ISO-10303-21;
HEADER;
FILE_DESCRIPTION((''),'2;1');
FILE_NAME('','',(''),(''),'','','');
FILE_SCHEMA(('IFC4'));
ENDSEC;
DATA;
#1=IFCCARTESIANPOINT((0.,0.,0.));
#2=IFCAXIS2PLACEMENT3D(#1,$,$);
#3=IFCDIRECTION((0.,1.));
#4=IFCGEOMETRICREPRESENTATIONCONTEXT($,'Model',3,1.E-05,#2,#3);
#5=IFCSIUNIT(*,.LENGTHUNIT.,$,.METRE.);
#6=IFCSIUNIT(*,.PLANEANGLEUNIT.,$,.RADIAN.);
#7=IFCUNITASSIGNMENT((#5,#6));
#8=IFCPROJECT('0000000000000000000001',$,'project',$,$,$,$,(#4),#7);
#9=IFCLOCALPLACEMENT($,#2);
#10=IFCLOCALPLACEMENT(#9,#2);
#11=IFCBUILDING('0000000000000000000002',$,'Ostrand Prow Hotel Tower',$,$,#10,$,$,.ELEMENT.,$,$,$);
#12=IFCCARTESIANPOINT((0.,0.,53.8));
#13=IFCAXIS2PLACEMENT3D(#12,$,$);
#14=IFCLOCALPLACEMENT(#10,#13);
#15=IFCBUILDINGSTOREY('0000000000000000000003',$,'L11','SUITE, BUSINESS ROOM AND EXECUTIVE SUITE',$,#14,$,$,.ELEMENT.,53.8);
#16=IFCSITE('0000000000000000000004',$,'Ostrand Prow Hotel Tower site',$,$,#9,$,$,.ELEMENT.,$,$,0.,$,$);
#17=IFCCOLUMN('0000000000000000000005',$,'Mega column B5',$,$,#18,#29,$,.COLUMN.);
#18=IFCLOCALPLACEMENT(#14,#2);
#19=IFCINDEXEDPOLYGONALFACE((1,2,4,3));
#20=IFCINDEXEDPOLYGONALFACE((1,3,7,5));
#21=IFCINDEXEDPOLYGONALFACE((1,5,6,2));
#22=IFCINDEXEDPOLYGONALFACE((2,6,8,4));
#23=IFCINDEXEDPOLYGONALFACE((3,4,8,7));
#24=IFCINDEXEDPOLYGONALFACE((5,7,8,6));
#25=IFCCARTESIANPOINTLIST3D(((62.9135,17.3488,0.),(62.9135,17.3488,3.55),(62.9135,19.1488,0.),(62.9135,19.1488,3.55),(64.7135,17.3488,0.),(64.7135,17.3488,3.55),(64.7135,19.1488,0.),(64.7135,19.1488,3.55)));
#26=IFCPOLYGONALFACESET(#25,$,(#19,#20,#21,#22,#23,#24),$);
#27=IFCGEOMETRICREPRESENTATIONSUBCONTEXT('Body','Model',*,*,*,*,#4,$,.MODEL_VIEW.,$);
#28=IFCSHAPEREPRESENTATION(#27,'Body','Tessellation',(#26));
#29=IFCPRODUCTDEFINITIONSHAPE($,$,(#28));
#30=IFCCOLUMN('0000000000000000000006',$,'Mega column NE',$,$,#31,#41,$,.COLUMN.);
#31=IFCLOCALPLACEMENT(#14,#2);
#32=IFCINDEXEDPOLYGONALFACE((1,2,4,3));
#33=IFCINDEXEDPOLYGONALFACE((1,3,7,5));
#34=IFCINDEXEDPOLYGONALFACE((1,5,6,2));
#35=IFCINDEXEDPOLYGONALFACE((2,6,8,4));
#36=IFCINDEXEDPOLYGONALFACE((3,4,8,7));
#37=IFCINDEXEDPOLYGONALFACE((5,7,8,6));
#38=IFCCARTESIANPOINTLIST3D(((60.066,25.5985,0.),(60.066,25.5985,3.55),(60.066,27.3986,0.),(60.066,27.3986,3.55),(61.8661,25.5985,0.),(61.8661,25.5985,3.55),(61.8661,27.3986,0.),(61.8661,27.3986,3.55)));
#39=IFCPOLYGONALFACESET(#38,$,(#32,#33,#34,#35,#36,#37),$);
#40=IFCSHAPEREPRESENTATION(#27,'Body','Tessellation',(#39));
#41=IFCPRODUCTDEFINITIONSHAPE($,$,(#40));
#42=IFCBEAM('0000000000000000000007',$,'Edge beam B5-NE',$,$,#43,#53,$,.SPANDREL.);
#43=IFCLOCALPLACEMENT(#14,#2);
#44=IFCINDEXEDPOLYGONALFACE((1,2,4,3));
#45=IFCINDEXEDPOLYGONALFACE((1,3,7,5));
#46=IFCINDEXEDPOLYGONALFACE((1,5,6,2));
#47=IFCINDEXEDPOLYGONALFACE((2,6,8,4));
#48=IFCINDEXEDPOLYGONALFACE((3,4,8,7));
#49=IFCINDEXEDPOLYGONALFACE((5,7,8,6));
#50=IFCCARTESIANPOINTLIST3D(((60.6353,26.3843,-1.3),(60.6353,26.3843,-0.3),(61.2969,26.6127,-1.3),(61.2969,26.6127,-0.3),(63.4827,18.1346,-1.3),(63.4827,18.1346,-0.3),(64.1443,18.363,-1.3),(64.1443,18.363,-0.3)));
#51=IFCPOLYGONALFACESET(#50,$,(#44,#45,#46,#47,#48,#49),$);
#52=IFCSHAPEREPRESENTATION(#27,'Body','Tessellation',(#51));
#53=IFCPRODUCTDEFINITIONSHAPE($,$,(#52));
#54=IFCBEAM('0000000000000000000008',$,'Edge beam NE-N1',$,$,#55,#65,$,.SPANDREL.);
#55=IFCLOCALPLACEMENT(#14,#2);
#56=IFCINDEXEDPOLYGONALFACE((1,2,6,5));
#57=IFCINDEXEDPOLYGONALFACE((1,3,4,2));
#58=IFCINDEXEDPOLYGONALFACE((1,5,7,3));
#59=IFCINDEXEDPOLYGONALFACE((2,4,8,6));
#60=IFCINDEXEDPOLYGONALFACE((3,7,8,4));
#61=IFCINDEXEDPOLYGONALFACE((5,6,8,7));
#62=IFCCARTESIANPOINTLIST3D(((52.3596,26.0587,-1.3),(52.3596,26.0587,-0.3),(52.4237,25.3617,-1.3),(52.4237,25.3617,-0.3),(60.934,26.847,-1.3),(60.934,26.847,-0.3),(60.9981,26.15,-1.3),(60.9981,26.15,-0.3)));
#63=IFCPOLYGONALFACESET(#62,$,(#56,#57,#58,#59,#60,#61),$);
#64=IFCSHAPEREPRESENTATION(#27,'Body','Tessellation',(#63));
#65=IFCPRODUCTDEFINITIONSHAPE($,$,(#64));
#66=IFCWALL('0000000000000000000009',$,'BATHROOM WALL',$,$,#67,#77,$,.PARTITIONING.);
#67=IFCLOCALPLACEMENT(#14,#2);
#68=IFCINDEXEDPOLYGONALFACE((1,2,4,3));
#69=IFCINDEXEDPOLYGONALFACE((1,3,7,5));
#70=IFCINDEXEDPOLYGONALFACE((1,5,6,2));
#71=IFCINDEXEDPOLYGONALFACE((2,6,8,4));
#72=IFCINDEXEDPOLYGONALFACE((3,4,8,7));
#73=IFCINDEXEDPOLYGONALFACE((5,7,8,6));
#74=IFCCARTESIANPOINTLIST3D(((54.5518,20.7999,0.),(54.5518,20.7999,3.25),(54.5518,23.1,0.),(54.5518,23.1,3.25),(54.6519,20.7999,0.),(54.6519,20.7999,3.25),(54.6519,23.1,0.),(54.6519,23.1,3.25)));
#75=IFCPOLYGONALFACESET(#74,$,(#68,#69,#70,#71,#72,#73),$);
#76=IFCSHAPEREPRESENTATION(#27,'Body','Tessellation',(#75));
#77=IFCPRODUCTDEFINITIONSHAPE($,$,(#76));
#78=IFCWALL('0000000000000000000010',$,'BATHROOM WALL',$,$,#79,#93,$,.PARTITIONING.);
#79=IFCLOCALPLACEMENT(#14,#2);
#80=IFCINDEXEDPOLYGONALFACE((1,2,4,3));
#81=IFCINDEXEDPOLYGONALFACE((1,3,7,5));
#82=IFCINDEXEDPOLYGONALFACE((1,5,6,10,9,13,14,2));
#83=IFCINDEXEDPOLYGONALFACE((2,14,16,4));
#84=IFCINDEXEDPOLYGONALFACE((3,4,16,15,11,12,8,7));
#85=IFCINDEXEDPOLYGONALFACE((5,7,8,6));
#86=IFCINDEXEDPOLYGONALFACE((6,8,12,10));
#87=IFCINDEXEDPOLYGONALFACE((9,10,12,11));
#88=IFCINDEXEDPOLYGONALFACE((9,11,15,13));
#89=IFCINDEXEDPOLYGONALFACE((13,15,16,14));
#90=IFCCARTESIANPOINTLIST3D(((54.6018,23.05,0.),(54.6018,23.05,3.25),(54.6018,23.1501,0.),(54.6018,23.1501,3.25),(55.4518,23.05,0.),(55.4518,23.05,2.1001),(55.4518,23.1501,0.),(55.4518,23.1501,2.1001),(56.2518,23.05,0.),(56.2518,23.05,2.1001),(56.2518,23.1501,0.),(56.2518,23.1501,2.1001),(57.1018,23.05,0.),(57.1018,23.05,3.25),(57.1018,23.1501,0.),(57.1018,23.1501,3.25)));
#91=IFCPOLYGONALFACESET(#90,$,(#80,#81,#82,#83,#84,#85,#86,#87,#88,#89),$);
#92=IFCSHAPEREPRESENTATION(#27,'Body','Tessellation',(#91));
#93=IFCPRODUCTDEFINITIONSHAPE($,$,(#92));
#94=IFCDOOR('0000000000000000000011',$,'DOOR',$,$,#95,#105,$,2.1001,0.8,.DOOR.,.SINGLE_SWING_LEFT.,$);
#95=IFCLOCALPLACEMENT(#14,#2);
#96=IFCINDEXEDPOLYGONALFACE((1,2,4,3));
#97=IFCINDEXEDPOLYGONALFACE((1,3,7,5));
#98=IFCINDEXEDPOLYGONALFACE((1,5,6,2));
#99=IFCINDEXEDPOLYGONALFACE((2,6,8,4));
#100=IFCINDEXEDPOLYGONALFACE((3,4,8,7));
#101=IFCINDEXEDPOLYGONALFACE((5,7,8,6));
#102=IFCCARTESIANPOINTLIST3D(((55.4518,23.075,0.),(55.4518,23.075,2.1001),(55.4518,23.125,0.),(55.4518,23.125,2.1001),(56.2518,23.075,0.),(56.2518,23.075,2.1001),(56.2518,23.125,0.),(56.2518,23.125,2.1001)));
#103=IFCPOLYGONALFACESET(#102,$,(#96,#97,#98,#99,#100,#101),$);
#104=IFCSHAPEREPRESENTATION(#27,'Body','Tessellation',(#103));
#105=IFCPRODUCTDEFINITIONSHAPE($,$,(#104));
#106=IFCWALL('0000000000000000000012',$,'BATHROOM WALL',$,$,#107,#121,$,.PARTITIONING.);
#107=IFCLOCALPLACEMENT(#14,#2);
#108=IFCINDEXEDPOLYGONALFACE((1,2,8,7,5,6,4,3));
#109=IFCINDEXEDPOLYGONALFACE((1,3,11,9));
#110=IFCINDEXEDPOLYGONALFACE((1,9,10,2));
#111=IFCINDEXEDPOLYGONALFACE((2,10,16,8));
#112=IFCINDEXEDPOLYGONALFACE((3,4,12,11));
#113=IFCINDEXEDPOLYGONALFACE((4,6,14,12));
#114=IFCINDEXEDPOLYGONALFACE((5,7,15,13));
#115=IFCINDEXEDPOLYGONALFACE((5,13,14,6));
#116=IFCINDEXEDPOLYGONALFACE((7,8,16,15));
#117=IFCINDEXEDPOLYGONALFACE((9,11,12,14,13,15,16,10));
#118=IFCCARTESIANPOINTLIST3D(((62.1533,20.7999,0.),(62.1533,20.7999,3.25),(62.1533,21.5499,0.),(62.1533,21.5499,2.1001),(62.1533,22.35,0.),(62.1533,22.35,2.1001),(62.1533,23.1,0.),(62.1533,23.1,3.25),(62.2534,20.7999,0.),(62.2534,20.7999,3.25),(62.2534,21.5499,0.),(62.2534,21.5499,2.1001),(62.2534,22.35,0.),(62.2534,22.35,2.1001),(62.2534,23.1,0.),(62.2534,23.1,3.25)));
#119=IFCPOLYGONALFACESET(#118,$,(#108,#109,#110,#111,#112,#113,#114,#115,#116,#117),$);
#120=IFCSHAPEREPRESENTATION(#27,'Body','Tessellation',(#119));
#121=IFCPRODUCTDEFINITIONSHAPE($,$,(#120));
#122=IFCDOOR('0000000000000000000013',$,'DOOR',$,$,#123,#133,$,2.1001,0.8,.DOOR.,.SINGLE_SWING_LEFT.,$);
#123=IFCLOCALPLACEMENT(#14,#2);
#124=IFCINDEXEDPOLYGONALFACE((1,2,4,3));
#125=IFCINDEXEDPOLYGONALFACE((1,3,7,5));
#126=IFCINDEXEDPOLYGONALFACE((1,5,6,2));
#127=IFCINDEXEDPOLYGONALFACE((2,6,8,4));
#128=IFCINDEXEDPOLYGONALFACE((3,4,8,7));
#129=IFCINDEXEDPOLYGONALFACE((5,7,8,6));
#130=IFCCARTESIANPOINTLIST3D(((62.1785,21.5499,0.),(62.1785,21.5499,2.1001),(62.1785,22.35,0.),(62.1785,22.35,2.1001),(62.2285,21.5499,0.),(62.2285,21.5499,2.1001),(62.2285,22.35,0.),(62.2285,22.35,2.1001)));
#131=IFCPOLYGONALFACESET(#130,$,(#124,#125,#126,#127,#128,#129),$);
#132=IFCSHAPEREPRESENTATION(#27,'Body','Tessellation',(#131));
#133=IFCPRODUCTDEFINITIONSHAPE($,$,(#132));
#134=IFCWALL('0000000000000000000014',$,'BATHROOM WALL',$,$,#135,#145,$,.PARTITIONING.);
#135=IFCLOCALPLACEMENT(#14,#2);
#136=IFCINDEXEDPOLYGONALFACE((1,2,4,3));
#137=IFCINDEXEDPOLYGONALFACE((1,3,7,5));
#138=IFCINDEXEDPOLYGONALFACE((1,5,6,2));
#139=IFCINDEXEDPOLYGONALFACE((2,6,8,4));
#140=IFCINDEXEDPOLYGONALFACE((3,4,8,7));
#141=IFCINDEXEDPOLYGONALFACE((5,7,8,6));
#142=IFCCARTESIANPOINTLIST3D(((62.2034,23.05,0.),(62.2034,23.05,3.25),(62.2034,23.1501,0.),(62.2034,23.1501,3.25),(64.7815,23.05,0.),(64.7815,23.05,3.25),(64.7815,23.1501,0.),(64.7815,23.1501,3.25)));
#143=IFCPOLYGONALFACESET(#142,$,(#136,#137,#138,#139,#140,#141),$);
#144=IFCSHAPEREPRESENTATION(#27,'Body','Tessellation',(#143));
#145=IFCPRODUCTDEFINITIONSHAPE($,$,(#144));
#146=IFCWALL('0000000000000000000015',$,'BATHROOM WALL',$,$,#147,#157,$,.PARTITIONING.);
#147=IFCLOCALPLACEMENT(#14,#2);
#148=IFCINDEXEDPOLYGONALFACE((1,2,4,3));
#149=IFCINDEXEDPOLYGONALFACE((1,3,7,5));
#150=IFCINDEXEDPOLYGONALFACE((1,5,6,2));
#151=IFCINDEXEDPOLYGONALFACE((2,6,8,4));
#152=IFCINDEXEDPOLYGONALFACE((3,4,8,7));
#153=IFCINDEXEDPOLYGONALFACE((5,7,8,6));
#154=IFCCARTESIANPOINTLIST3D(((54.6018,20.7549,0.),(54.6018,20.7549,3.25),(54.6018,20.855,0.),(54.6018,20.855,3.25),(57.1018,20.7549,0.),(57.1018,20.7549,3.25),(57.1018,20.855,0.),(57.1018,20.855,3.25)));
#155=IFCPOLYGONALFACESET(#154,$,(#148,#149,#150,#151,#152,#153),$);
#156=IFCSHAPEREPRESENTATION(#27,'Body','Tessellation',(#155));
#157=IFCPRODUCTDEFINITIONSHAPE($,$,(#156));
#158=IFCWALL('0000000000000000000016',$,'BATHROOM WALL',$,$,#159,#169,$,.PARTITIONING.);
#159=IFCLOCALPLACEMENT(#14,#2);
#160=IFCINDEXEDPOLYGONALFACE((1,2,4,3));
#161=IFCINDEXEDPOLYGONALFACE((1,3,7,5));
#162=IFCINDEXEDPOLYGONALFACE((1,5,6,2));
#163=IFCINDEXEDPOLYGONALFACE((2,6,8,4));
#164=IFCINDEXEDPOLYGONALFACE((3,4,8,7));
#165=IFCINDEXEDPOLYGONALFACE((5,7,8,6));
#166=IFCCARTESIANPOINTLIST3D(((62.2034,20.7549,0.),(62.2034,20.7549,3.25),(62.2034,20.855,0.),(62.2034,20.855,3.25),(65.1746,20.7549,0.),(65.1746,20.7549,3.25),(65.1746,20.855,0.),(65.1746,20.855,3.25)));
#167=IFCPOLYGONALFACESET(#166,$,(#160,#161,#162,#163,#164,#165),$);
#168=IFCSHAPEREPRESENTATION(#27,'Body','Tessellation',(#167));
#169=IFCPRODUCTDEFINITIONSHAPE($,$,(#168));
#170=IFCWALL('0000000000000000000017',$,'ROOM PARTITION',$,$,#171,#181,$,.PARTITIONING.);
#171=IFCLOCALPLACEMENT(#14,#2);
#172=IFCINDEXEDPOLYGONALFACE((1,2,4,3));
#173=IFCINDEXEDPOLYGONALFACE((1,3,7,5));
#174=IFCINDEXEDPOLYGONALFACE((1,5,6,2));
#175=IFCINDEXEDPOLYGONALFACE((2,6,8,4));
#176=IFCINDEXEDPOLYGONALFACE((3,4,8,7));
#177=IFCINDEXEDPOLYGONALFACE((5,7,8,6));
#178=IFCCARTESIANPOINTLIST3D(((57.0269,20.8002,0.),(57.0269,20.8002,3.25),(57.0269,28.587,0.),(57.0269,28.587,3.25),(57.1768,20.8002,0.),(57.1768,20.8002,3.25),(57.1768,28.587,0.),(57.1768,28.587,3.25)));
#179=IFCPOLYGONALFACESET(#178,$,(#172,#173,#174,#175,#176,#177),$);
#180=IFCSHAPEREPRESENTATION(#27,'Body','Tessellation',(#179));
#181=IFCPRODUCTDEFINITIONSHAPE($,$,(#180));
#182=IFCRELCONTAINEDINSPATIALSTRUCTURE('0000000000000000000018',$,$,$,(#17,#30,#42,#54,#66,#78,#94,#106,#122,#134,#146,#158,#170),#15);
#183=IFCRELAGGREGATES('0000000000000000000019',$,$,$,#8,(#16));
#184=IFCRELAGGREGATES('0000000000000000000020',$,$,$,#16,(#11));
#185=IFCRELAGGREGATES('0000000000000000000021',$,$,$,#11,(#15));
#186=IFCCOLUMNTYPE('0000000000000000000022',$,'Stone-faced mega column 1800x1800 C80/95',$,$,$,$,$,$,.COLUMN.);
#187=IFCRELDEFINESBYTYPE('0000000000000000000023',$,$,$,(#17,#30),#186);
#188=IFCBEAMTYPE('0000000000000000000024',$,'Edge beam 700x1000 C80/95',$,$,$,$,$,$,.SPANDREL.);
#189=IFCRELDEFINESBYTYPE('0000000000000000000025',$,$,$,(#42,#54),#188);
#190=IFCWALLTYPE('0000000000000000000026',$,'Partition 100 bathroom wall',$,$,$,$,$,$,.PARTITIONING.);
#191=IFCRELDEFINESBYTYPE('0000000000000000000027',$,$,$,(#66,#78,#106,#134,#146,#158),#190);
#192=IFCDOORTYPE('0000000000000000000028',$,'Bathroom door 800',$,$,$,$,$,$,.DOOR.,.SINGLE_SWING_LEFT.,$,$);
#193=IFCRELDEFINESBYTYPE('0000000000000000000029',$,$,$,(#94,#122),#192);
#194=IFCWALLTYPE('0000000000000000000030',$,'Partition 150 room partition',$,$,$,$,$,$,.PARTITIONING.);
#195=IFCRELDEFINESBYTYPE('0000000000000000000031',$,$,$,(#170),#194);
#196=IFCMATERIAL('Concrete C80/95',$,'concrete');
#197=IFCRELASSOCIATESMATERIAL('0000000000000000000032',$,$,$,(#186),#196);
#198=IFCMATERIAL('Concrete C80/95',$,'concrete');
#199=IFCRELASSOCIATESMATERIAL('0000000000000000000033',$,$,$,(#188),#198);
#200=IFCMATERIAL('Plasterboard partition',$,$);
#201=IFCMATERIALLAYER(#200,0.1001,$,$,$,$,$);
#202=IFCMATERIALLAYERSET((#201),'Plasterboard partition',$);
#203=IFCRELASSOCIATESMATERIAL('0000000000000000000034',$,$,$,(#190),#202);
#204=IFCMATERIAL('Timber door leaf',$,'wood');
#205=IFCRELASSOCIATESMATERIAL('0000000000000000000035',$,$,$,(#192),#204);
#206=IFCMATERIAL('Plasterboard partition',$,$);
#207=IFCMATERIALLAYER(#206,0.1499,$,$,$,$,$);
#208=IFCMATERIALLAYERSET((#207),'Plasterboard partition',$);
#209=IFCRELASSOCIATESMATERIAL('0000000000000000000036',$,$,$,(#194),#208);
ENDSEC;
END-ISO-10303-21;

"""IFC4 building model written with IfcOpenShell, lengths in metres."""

from ifc_helpers import new_model, si_unit, direction, frame, frame_2d, origin, origin_2d, place, context, subcontext, project, spatial, rectangle, extrude, material, layer, layer_set, material_profile, profile_set, type_object, element, fill, save


model = new_model("IFC4")

# Units and contexts
model_context = context("Model", 3, precision=1e-05, world=origin(), true_north=direction((0.0, 1.0)))
body_context = subcontext(model_context, "Body", "Model", "MODEL_VIEW")
ifc_project = project(units=[si_unit("LENGTHUNIT", "METRE"), si_unit("PLANEANGLEUNIT", "RADIAN")], contexts=[model_context])

# Site, building, storey
site_placement = place(None, origin())
site = spatial("IfcSite", under=ifc_project, at=site_placement, Name="Ostrand Prow Hotel Tower site", CompositionType="ELEMENT", RefElevation=0.0)
building_placement = place(site_placement, origin())
building = spatial("IfcBuilding", under=site, at=building_placement, Name="Ostrand Prow Hotel Tower", CompositionType="ELEMENT")
storey_placement = place(building_placement, frame((0.0, 0.0, 53.8)))
storey = spatial("IfcBuildingStorey", under=building, at=storey_placement, Name="L11", Description="SUITE, BUSINESS ROOM AND EXECUTIVE SUITE", CompositionType="ELEMENT", Elevation=53.8)

# Columns
ifc_material_1 = material(Name="Concrete C80/95", Category="concrete")
ifc_material_profile_1 = material_profile(ifc_material_1, rectangle(XDim=1.8, YDim=1.8, at=origin_2d()), Name="RC 1800x1800")
ifc_profile_set_1 = profile_set([ifc_material_profile_1], Name="Concrete C80/95")
column_type = type_object("IfcColumnType", Name="Stone-faced mega column 1800x1800 C80/95", PredefinedType="COLUMN", material=ifc_profile_set_1)
for number, where, z_axis, x_axis, name in (
    (1, (63.8135, 18.2488, 0.0), (0.0, 0.0, 1.0), (1.0, 0.0, 0.0), "Mega column B5"),
    (2, (60.9661, 26.4985, 0.0), (0.0, 0.0, 1.0), (1.0, 0.0, 0.0), "Mega column NE"),
):
    element("IfcColumn", number, at=place(storey_placement, frame(where, z_axis=z_axis, x_axis=x_axis)), inside=storey, type_object=column_type, Name=name, PredefinedType="COLUMN", context=body_context, shape_type="SweptSolid", body=[
        extrude(rectangle(XDim=1.8, YDim=1.8, at=origin_2d()), origin(), (0.0, 0.0, 1.0), 3.55),
    ])

# Beams
ifc_material_2 = material(Name="Concrete C80/95", Category="concrete")
ifc_material_profile_2 = material_profile(ifc_material_2, rectangle(XDim=0.7, YDim=1.0, at=origin_2d()), Name="RC 700x1000")
ifc_profile_set_2 = profile_set([ifc_material_profile_2], Name="Concrete C80/95")
beam_type = type_object("IfcBeamType", Name="Edge beam 700x1000 C80/95", PredefinedType="SPANDREL", material=ifc_profile_set_2)
beam_1_placement = place(storey_placement, frame((63.8135, 18.2488, -0.8), z_axis=(-0.326264, 0.945279, 0.0), x_axis=(-0.945279, -0.326264, 0.0)))
element("IfcBeam", 3, at=beam_1_placement, inside=storey, type_object=beam_type, Name="Edge beam B5-NE", PredefinedType="SPANDREL", context=body_context, shape_type="SweptSolid", body=[
    extrude(rectangle(XDim=0.7, YDim=1.0, at=origin_2d()), origin(), (0.0, 0.0, 1.0), 8.7273),
])
beam_2_placement = place(storey_placement, frame((60.9661, 26.4985, -0.8), z_axis=(-0.9958, -0.091553, 0.0), x_axis=(0.091553, -0.9958, 0.0)))
element("IfcBeam", 4, at=beam_2_placement, inside=storey, type_object=beam_type, Name="Edge beam NE-N1", PredefinedType="SPANDREL", context=body_context, shape_type="SweptSolid", body=[
    extrude(rectangle(XDim=0.7, YDim=1.0, at=origin_2d()), origin(), (0.0, 0.0, 1.0), 8.6106),
])

# Wall
ifc_material_3 = material(Name="Plasterboard partition")
ifc_layer_1 = layer(ifc_material_3, 0.1001)
ifc_layer_set_1 = layer_set([ifc_layer_1], Name="Plasterboard partition")
wall_type_1 = type_object("IfcWallType", Name="Partition 100 bathroom wall", PredefinedType="PARTITIONING", material=ifc_layer_set_1)
wall_1_placement = place(storey_placement, frame((54.6018, 20.8, 0.0), z_axis=(0.0, 0.0, 1.0), x_axis=(0.0, 1.0, 0.0)))
element("IfcWall", 5, at=wall_1_placement, inside=storey, type_object=wall_type_1, Name="BATHROOM WALL", PredefinedType="PARTITIONING", context=body_context, shape_type="SweptSolid", body=[
    extrude(rectangle(XDim=2.3, YDim=0.1001, at=frame_2d((1.1499, 0.0))), origin(), (0.0, 0.0, 1.0), 3.25),
])

# Walls, openings, doors
wall_2_placement = place(storey_placement, frame((54.6018, 23.1001, 0.0), z_axis=(0.0, 0.0, 1.0), x_axis=(1.0, 0.0, 0.0)))
wall_2 = element("IfcWall", 6, at=wall_2_placement, inside=storey, type_object=wall_type_1, Name="BATHROOM WALL", PredefinedType="PARTITIONING", context=body_context, shape_type="SweptSolid", body=[
    extrude(rectangle(XDim=2.5, YDim=0.1001, at=frame_2d((1.25, 0.0))), origin(), (0.0, 0.0, 1.0), 3.25),
])
opening_1_placement = place(wall_2_placement, frame((0.8501, 0.0, 0.0)))
opening_1 = element("IfcOpeningElement", 7, at=opening_1_placement, cuts=wall_2, PredefinedType="OPENING", context=body_context, shape_type="SweptSolid", body=[
    extrude(rectangle(XDim=0.8, YDim=2.1001, at=frame_2d((0.3999, 1.05))), frame((0.0, 0.0601, 0.0), z_axis=(0.0, -1.0, 0.0), x_axis=(1.0, 0.0, 0.0)), (0.0, 0.0, 1.0), 0.1201),
])
ifc_material_4 = material(Name="Timber door leaf", Category="wood")
door_type_1 = type_object("IfcDoorType", Name="Bathroom door 800", OperationType="SINGLE_SWING_LEFT", PredefinedType="DOOR", material=ifc_material_4)
door_1_placement = place(opening_1_placement, origin())
door_1 = element("IfcDoor", 8, at=door_1_placement, inside=storey, type_object=door_type_1, Name="DOOR", OperationType="SINGLE_SWING_LEFT", OverallHeight=2.1001, OverallWidth=0.8, PredefinedType="DOOR", context=body_context, shape_type="SweptSolid", body=[
    extrude(rectangle(XDim=0.8, YDim=2.1001, at=frame_2d((0.3999, 1.05))), frame((0.0, 0.0249, 0.0), z_axis=(0.0, -1.0, 0.0), x_axis=(1.0, 0.0, 0.0)), (0.0, 0.0, 1.0), 0.05),
])
fill(opening_1, door_1)
wall_3_placement = place(storey_placement, frame((62.2034, 20.8, 0.0), z_axis=(0.0, 0.0, 1.0), x_axis=(0.0, 1.0, 0.0)))
wall_3 = element("IfcWall", 9, at=wall_3_placement, inside=storey, type_object=wall_type_1, Name="BATHROOM WALL", PredefinedType="PARTITIONING", context=body_context, shape_type="SweptSolid", body=[
    extrude(rectangle(XDim=2.3, YDim=0.1001, at=frame_2d((1.1499, 0.0))), origin(), (0.0, 0.0, 1.0), 3.25),
])
opening_2_placement = place(wall_3_placement, frame((0.75, 0.0, 0.0)))
opening_2 = element("IfcOpeningElement", 10, at=opening_2_placement, cuts=wall_3, PredefinedType="OPENING", context=body_context, shape_type="SweptSolid", body=[
    extrude(rectangle(XDim=0.8, YDim=2.1001, at=frame_2d((0.3999, 1.05))), frame((0.0, 0.0601, 0.0), z_axis=(0.0, -1.0, 0.0), x_axis=(1.0, 0.0, 0.0)), (0.0, 0.0, 1.0), 0.1201),
])
door_2_placement = place(opening_2_placement, origin())
door_2 = element("IfcDoor", 11, at=door_2_placement, inside=storey, type_object=door_type_1, Name="DOOR", OperationType="SINGLE_SWING_LEFT", OverallHeight=2.1001, OverallWidth=0.8, PredefinedType="DOOR", context=body_context, shape_type="SweptSolid", body=[
    extrude(rectangle(XDim=0.8, YDim=2.1001, at=frame_2d((0.3999, 1.05))), frame((0.0, 0.0249, 0.0), z_axis=(0.0, -1.0, 0.0), x_axis=(1.0, 0.0, 0.0)), (0.0, 0.0, 1.0), 0.05),
])
fill(opening_2, door_2)

# Walls
wall_4_placement = place(storey_placement, frame((62.2034, 23.1001, 0.0), z_axis=(0.0, 0.0, 1.0), x_axis=(1.0, 0.0, 0.0)))
element("IfcWall", 12, at=wall_4_placement, inside=storey, type_object=wall_type_1, Name="BATHROOM WALL", PredefinedType="PARTITIONING", context=body_context, shape_type="SweptSolid", body=[
    extrude(rectangle(XDim=2.5781, YDim=0.1001, at=frame_2d((1.2891, 0.0))), origin(), (0.0, 0.0, 1.0), 3.25),
])
wall_5_placement = place(storey_placement, frame((57.1018, 20.8049, 0.0), z_axis=(0.0, 0.0, 1.0), x_axis=(-1.0, 0.0, 0.0)))
element("IfcWall", 13, at=wall_5_placement, inside=storey, type_object=wall_type_1, Name="BATHROOM WALL", PredefinedType="PARTITIONING", context=body_context, shape_type="SweptSolid", body=[
    extrude(rectangle(XDim=2.5, YDim=0.1001, at=frame_2d((1.25, 0.0))), origin(), (0.0, 0.0, 1.0), 3.25),
])
wall_6_placement = place(storey_placement, frame((65.1746, 20.8049, 0.0), z_axis=(0.0, 0.0, 1.0), x_axis=(-1.0, 0.0, 0.0)))
element("IfcWall", 14, at=wall_6_placement, inside=storey, type_object=wall_type_1, Name="BATHROOM WALL", PredefinedType="PARTITIONING", context=body_context, shape_type="SweptSolid", body=[
    extrude(rectangle(XDim=2.9712, YDim=0.1001, at=frame_2d((1.4856, 0.0))), origin(), (0.0, 0.0, 1.0), 3.25),
])
ifc_material_5 = material(Name="Plasterboard partition")
ifc_layer_2 = layer(ifc_material_5, 0.1499)
ifc_layer_set_2 = layer_set([ifc_layer_2], Name="Plasterboard partition")
wall_type_2 = type_object("IfcWallType", Name="Partition 150 room partition", PredefinedType="PARTITIONING", material=ifc_layer_set_2)
wall_7_placement = place(storey_placement, frame((57.1018, 20.8, 0.0), z_axis=(0.0, 0.0, 1.0), x_axis=(0.0, 1.0, 0.0)))
element("IfcWall", 15, at=wall_7_placement, inside=storey, type_object=wall_type_2, Name="ROOM PARTITION", PredefinedType="PARTITIONING", context=body_context, shape_type="SweptSolid", body=[
    extrude(rectangle(XDim=7.7869, YDim=0.1499, at=frame_2d((3.8936, 0.0))), origin(), (0.0, 0.0, 1.0), 3.25),
])

save(model, "model.ifc")
